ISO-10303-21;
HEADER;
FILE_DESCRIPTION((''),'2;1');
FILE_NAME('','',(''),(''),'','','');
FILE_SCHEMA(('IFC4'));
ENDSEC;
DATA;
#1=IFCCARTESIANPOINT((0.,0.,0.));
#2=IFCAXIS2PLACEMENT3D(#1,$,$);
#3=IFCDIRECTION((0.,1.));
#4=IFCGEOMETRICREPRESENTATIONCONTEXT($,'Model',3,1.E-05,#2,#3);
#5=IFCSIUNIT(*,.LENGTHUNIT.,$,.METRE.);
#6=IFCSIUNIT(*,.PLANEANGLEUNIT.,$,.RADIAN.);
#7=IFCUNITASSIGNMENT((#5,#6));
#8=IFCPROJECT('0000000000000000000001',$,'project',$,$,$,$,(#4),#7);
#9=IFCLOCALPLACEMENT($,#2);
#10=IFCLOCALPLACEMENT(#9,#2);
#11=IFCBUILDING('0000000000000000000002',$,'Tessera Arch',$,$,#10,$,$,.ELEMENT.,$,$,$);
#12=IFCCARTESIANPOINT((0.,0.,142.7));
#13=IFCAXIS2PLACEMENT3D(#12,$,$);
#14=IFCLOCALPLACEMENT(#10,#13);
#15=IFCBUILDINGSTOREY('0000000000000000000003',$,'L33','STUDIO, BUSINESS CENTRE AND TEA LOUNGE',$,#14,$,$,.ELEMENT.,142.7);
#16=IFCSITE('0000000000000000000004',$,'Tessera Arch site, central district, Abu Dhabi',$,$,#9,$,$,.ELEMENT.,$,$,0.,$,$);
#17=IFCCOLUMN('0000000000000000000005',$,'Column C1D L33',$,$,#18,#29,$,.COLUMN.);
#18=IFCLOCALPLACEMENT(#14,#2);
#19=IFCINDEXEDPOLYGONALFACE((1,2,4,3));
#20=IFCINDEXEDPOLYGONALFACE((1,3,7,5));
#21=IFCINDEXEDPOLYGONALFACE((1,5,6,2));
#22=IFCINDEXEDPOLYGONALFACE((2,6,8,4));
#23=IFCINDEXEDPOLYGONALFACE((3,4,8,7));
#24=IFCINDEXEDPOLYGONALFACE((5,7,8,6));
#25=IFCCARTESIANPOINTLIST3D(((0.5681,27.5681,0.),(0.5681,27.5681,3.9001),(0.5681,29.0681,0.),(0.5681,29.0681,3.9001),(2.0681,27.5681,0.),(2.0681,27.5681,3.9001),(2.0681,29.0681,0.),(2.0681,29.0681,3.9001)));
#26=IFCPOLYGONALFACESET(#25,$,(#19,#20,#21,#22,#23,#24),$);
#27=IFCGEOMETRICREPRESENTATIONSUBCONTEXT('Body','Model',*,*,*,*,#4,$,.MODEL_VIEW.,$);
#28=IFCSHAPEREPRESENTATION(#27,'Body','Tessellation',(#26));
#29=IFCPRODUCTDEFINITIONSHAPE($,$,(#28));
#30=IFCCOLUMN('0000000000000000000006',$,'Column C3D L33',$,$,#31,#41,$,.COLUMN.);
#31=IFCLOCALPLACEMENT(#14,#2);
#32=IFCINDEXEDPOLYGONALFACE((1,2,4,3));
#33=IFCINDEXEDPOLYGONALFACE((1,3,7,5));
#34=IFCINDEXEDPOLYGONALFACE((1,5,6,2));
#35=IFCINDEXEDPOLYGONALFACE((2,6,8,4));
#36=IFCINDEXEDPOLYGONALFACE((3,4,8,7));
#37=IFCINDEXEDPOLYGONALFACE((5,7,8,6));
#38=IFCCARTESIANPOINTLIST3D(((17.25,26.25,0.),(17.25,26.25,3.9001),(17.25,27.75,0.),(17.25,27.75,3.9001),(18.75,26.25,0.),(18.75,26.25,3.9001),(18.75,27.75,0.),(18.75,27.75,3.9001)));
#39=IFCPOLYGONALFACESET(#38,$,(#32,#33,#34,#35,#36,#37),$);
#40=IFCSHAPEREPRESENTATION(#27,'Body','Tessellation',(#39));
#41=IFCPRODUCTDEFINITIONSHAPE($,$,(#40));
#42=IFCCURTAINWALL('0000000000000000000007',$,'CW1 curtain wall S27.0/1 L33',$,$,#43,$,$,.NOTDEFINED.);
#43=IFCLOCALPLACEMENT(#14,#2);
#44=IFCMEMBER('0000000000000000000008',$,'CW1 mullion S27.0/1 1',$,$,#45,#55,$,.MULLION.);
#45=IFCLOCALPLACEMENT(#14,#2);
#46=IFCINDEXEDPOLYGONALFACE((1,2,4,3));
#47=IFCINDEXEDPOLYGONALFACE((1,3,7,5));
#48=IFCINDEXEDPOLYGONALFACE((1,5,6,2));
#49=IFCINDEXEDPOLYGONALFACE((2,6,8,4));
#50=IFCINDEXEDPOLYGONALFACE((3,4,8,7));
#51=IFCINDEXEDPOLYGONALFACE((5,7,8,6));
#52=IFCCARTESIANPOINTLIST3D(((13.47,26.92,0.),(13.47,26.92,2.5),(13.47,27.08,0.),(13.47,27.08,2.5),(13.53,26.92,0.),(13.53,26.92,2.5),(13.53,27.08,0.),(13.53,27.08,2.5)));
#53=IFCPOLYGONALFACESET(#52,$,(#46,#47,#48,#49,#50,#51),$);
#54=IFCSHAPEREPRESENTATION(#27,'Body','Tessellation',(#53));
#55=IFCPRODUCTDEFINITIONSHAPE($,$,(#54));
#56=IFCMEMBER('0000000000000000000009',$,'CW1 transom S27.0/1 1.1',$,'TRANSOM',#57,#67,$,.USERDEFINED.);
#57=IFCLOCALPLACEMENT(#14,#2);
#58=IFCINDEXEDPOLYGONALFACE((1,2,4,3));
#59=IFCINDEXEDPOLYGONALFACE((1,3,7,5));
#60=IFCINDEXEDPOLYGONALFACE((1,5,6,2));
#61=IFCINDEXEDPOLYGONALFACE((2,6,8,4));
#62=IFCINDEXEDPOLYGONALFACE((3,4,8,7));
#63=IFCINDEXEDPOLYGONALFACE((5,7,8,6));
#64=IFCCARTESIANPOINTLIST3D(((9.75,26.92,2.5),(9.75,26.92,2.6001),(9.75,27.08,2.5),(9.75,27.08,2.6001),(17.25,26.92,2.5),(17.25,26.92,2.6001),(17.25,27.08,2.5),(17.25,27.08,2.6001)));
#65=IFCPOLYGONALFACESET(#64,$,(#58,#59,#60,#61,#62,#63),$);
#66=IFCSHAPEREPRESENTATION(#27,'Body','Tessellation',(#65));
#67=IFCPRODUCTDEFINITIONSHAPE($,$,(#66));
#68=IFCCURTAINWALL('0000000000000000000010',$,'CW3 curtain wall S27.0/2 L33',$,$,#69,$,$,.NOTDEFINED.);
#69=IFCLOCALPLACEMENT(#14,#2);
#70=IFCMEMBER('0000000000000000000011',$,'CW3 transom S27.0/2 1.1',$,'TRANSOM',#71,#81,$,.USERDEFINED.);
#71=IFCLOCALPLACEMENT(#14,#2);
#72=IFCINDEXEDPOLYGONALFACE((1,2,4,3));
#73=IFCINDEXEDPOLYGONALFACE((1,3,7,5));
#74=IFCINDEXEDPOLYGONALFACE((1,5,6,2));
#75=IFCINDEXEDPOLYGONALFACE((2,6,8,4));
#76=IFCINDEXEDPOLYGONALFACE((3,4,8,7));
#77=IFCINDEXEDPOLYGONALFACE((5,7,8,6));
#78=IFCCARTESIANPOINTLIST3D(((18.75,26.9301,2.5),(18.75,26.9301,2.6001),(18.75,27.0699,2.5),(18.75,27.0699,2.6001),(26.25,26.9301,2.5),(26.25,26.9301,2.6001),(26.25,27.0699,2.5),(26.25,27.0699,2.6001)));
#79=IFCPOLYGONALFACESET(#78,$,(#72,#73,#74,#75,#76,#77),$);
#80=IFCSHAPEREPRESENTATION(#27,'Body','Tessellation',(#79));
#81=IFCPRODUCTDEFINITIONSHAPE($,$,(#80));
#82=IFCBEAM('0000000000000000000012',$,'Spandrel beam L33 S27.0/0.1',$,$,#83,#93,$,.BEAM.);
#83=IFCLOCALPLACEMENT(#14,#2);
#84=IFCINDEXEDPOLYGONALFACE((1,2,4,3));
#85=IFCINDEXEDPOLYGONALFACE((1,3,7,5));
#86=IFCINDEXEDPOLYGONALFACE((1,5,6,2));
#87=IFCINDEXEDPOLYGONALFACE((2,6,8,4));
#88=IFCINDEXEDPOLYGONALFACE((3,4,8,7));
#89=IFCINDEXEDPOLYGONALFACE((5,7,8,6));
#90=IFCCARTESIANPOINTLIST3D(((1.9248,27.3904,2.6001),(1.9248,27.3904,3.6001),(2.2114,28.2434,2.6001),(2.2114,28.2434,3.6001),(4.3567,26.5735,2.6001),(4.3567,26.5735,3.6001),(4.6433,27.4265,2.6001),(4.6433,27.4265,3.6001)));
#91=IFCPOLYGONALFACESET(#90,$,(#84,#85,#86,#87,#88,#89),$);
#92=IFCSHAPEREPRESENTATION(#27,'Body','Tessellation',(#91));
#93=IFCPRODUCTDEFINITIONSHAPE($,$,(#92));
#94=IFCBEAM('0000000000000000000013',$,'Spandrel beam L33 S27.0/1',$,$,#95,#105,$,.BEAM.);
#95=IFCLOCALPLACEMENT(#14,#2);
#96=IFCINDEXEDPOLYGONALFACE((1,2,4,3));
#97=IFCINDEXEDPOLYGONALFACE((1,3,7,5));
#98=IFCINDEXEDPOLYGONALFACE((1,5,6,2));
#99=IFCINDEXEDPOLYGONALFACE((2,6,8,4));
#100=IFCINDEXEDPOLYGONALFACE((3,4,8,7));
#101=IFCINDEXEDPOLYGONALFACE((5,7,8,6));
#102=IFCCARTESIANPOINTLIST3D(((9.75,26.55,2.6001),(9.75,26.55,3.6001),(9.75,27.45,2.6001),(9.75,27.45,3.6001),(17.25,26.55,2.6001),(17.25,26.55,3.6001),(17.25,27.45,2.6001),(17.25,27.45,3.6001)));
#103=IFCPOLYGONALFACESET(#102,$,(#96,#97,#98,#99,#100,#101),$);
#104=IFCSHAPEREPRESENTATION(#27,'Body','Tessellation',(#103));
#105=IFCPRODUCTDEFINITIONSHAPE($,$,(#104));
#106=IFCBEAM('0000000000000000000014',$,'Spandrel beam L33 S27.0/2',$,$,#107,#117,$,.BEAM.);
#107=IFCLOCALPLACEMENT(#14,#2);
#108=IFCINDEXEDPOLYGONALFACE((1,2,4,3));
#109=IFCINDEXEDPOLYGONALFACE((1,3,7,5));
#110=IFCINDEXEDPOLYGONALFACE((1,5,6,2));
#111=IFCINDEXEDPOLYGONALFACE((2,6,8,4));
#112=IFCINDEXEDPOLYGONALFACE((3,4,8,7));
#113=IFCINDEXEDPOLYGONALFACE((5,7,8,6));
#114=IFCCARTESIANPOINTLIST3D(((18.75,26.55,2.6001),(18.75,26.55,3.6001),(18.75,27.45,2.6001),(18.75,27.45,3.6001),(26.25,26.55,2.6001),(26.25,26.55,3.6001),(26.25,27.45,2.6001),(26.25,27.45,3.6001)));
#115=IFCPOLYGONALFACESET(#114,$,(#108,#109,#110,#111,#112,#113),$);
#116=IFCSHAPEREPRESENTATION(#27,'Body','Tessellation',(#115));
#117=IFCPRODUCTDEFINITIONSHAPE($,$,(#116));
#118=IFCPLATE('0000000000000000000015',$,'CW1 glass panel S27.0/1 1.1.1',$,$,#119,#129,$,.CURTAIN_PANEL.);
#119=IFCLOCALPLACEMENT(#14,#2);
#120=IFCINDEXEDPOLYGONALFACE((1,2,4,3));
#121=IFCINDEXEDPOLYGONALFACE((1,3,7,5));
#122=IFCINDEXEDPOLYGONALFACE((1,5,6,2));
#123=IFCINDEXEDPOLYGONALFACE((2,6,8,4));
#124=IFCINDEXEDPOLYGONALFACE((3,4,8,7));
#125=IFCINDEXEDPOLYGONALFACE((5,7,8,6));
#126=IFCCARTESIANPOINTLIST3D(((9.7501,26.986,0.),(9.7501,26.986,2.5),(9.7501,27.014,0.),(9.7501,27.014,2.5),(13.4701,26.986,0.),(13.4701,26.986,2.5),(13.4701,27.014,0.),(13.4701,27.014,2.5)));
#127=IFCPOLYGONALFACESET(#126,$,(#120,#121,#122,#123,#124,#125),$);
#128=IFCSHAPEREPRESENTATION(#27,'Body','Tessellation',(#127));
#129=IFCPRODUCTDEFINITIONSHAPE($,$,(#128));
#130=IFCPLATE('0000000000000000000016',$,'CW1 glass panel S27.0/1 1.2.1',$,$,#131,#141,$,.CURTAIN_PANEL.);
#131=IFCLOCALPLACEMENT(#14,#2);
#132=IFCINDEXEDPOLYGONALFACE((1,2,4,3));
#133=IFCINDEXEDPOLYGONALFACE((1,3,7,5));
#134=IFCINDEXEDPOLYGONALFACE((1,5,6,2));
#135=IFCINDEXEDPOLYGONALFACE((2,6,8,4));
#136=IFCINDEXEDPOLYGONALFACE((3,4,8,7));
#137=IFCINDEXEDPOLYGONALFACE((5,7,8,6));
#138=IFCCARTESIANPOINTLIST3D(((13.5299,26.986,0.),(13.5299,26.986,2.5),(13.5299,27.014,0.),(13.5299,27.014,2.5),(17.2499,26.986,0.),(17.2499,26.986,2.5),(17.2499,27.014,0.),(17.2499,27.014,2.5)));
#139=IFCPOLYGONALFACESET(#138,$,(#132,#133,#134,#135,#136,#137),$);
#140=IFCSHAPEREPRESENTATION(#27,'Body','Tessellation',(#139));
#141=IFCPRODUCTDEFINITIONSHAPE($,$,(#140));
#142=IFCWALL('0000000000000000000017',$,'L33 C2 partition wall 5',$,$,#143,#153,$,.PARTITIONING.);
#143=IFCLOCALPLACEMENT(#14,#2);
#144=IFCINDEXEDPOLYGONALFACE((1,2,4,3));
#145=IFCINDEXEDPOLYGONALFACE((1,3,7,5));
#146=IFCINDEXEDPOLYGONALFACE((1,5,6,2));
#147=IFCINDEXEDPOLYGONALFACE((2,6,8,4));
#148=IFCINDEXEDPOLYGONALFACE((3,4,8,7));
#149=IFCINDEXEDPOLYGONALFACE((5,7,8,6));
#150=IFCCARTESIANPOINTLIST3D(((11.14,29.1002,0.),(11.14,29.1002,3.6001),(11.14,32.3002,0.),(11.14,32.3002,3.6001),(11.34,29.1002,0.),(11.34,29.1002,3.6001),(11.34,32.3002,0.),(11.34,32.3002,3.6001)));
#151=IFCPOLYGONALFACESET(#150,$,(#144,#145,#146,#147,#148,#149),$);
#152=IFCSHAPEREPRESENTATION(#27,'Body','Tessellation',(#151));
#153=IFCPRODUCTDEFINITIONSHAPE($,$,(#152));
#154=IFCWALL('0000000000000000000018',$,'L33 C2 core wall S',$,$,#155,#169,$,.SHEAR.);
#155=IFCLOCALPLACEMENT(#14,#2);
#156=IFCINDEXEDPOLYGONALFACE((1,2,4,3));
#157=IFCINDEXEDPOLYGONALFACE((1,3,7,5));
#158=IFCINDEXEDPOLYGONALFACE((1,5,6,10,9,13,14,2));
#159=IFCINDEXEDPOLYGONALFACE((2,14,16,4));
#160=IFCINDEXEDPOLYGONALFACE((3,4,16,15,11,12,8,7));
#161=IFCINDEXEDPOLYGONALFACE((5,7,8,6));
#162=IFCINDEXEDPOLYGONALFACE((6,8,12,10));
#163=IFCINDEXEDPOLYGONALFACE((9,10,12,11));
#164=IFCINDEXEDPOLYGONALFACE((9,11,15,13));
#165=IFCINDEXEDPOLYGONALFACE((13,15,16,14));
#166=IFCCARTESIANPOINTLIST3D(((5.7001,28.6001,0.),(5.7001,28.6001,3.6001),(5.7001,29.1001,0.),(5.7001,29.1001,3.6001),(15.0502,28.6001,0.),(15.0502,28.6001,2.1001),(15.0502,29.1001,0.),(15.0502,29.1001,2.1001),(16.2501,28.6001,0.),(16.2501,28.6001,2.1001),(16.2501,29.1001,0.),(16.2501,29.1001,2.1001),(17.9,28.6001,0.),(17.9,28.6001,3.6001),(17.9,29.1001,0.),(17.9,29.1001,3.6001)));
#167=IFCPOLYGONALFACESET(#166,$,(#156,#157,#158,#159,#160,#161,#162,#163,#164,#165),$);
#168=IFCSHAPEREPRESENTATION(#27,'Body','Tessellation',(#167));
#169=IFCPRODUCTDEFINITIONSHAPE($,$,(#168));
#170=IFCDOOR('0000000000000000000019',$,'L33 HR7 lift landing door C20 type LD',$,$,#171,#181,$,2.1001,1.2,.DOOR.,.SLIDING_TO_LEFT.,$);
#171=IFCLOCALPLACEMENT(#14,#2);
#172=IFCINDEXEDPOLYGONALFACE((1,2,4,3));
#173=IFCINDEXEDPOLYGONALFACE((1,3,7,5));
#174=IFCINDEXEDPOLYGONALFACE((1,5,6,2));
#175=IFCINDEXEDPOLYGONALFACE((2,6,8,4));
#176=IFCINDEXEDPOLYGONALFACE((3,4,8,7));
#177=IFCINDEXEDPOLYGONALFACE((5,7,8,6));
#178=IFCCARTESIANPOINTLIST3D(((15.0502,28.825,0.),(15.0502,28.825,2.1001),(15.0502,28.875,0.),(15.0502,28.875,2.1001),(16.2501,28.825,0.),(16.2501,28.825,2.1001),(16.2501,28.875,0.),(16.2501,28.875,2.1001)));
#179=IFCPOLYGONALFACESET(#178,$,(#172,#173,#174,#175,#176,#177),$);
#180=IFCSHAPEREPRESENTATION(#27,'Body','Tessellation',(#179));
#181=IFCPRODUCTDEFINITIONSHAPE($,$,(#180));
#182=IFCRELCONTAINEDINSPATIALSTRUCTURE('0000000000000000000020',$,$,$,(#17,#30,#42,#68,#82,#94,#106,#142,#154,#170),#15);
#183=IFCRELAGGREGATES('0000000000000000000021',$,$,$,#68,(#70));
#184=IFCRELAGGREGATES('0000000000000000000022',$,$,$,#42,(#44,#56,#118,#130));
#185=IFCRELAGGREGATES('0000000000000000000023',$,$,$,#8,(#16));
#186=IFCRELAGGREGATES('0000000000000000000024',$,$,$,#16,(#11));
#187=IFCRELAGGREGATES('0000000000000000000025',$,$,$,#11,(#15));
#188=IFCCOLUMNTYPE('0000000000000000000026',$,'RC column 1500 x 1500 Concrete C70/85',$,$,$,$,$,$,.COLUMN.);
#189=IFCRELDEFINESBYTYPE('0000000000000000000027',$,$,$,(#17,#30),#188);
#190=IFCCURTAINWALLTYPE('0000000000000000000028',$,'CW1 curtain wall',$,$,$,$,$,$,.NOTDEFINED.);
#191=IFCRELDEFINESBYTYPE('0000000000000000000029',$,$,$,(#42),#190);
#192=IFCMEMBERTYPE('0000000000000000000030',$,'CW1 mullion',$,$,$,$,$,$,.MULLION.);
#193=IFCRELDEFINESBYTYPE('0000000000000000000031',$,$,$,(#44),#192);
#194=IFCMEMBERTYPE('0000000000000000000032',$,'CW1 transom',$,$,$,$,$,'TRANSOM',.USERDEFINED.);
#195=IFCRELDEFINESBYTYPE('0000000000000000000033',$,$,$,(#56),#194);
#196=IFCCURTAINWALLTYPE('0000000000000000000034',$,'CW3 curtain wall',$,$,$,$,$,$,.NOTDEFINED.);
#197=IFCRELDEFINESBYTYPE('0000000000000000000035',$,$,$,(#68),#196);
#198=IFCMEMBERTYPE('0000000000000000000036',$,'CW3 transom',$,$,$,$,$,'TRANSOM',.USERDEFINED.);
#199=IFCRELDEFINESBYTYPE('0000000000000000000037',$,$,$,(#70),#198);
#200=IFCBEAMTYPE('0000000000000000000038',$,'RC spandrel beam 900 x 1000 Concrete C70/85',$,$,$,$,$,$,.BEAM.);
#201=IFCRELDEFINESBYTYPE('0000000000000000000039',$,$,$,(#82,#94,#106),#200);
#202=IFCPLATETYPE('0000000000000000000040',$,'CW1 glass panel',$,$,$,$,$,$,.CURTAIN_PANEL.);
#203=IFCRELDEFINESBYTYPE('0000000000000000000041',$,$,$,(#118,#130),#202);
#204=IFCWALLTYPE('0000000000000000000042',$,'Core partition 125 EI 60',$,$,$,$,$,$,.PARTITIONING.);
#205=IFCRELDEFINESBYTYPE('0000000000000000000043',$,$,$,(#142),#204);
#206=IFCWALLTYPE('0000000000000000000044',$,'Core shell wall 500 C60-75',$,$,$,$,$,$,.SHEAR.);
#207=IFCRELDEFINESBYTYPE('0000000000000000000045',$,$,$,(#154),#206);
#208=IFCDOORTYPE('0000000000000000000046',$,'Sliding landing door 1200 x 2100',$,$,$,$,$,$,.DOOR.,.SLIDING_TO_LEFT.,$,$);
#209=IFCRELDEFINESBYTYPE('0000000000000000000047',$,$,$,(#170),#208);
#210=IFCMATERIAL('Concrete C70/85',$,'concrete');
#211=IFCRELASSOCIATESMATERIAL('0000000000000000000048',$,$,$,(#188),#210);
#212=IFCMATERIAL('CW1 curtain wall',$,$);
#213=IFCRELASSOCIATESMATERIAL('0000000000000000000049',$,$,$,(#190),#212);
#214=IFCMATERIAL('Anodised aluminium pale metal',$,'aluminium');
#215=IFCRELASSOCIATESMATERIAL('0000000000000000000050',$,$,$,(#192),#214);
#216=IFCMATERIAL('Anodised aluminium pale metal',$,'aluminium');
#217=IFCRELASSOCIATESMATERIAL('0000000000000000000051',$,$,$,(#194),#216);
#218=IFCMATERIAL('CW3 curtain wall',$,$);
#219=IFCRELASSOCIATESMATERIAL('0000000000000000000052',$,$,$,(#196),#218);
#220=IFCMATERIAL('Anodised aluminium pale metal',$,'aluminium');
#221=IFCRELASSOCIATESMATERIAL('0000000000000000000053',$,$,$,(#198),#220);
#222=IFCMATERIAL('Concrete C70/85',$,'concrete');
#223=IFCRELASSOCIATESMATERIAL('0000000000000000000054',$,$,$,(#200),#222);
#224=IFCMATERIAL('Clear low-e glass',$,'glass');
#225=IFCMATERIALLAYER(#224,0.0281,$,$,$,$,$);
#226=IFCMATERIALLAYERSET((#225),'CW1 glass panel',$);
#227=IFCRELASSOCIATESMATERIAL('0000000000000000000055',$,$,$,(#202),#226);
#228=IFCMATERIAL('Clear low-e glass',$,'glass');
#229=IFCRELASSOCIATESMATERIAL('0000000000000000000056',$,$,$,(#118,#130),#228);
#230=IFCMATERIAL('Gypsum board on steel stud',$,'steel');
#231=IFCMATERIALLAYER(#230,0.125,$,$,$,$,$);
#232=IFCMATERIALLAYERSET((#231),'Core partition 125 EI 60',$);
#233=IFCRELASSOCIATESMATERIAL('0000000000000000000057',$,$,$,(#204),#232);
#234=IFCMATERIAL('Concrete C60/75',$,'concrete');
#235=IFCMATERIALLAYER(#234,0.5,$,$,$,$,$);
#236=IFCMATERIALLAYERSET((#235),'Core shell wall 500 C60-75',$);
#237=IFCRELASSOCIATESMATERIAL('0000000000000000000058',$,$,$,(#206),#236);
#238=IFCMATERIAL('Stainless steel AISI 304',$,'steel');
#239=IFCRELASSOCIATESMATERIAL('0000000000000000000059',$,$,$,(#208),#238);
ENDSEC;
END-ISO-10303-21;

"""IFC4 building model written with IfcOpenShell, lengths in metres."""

from ifc_helpers import new_model, si_unit, direction, frame, frame_2d, origin, origin_2d, place, context, subcontext, project, spatial, rectangle, extrude, material, layer, layer_set, material_profile, profile_set, type_object, element, fill, aggregate, save


model = new_model("IFC4")

# Units and contexts
model_context = context("Model", 3, precision=1e-05, world=origin(), true_north=direction((0.0, 1.0)))
body_context = subcontext(model_context, "Body", "Model", "MODEL_VIEW")
ifc_project = project(units=[si_unit("LENGTHUNIT", "METRE"), si_unit("PLANEANGLEUNIT", "RADIAN")], contexts=[model_context])

# Site, building, storey
site_placement = place(None, origin())
site = spatial("IfcSite", under=ifc_project, at=site_placement, Name="Tessera Arch site, central district, Abu Dhabi", CompositionType="ELEMENT", RefElevation=0.0)
building_placement = place(site_placement, origin())
building = spatial("IfcBuilding", under=site, at=building_placement, Name="Tessera Arch", CompositionType="ELEMENT")
storey_placement = place(building_placement, frame((0.0, 0.0, 142.7)))
storey = spatial("IfcBuildingStorey", under=building, at=storey_placement, Name="L33", Description="STUDIO, BUSINESS CENTRE AND TEA LOUNGE", CompositionType="ELEMENT", Elevation=142.7)

# Columns
ifc_material_1 = material(Name="Concrete C70/85", Category="concrete")
ifc_material_profile_1 = material_profile(ifc_material_1, rectangle(XDim=1.5, YDim=1.5, at=origin_2d()), Name="RC column 1500 x 1500 Concrete C70/85")
ifc_profile_set_1 = profile_set([ifc_material_profile_1], Name="Concrete C70/85")
column_type = type_object("IfcColumnType", Name="RC column 1500 x 1500 Concrete C70/85", PredefinedType="COLUMN", material=ifc_profile_set_1)
for number, where, z_axis, x_axis, name in (
    (1, (1.3181, 28.3181, 0.0), (0.0, 0.0, 1.0), (1.0, 0.0, 0.0), "Column C1D L33"),
    (2, (18.0, 27.0, 0.0), (0.0, 0.0, 1.0), (1.0, 0.0, 0.0), "Column C3D L33"),
):
    element("IfcColumn", number, at=place(storey_placement, frame(where, z_axis=z_axis, x_axis=x_axis)), inside=storey, type_object=column_type, Name=name, PredefinedType="COLUMN", context=body_context, shape_type="SweptSolid", body=[
        extrude(rectangle(XDim=1.5, YDim=1.5, at=origin_2d()), origin(), (0.0, 0.0, 1.0), 3.9001),
    ])

# Curtain wall, members
ifc_material_2 = material(Name="CW1 curtain wall")
curtain_wall_type_1 = type_object("IfcCurtainWallType", Name="CW1 curtain wall", PredefinedType="NOTDEFINED", material=ifc_material_2)
curtain_wall_1_placement = place(storey_placement, origin())
curtain_wall_1 = element("IfcCurtainWall", 3, at=curtain_wall_1_placement, inside=storey, type_object=curtain_wall_type_1, Name="CW1 curtain wall S27.0/1 L33", PredefinedType="NOTDEFINED")
ifc_material_3 = material(Name="Anodised aluminium pale metal", Category="aluminium")
ifc_material_profile_2 = material_profile(ifc_material_3, rectangle(XDim=0.1599, YDim=0.0601, at=origin_2d()), Name="AL 60x160")
ifc_profile_set_2 = profile_set([ifc_material_profile_2], Name="Anodised aluminium pale metal")
member_type_1 = type_object("IfcMemberType", Name="CW1 mullion", PredefinedType="MULLION", material=ifc_profile_set_2)
member_1_placement = place(storey_placement, frame((13.5, 27.0, 0.0), z_axis=(0.0, 0.0, 1.0), x_axis=(0.0, 1.0, 0.0)))
member_1 = element("IfcMember", 4, at=member_1_placement, type_object=member_type_1, Name="CW1 mullion S27.0/1 1", PredefinedType="MULLION", context=body_context, shape_type="SweptSolid", body=[
    extrude(rectangle(XDim=0.1599, YDim=0.0601, at=origin_2d()), origin(), (0.0, 0.0, 1.0), 2.5),
])
ifc_material_4 = material(Name="Anodised aluminium pale metal", Category="aluminium")
ifc_material_profile_3 = material_profile(ifc_material_4, rectangle(XDim=0.1599, YDim=0.1001, at=origin_2d()), Name="AL 160x100")
ifc_profile_set_3 = profile_set([ifc_material_profile_3], Name="Anodised aluminium pale metal")
member_type_2 = type_object("IfcMemberType", Name="CW1 transom", ElementType="TRANSOM", PredefinedType="USERDEFINED", material=ifc_profile_set_3)
member_2_placement = place(storey_placement, frame((9.75, 27.0, 2.55), z_axis=(1.0, 0.0, 0.0), x_axis=(0.0, 1.0, 0.0)))
member_2 = element("IfcMember", 5, at=member_2_placement, type_object=member_type_2, Name="CW1 transom S27.0/1 1.1", ObjectType="TRANSOM", PredefinedType="USERDEFINED", context=body_context, shape_type="SweptSolid", body=[
    extrude(rectangle(XDim=0.1599, YDim=0.1001, at=origin_2d()), origin(), (0.0, 0.0, 1.0), 7.5),
])

# Curtain wall, member
ifc_material_5 = material(Name="CW3 curtain wall")
curtain_wall_type_2 = type_object("IfcCurtainWallType", Name="CW3 curtain wall", PredefinedType="NOTDEFINED", material=ifc_material_5)
curtain_wall_2_placement = place(storey_placement, origin())
curtain_wall_2 = element("IfcCurtainWall", 6, at=curtain_wall_2_placement, inside=storey, type_object=curtain_wall_type_2, Name="CW3 curtain wall S27.0/2 L33", PredefinedType="NOTDEFINED")
ifc_material_6 = material(Name="Anodised aluminium pale metal", Category="aluminium")
ifc_material_profile_4 = material_profile(ifc_material_6, rectangle(XDim=0.1399, YDim=0.1001, at=origin_2d()), Name="AL 140x100")
ifc_profile_set_4 = profile_set([ifc_material_profile_4], Name="Anodised aluminium pale metal")
member_type_3 = type_object("IfcMemberType", Name="CW3 transom", ElementType="TRANSOM", PredefinedType="USERDEFINED", material=ifc_profile_set_4)
member_3_placement = place(storey_placement, frame((18.75, 27.0, 2.55), z_axis=(1.0, 0.0, 0.0), x_axis=(0.0, 1.0, 0.0)))
member_3 = element("IfcMember", 7, at=member_3_placement, type_object=member_type_3, Name="CW3 transom S27.0/2 1.1", ObjectType="TRANSOM", PredefinedType="USERDEFINED", context=body_context, shape_type="SweptSolid", body=[
    extrude(rectangle(XDim=0.1399, YDim=0.1001, at=origin_2d()), origin(), (0.0, 0.0, 1.0), 7.5),
])
aggregate(curtain_wall_2, [member_3])

# Beams
ifc_material_7 = material(Name="Concrete C70/85", Category="concrete")
ifc_material_profile_5 = material_profile(ifc_material_7, rectangle(XDim=0.8999, YDim=1.0, at=origin_2d()), Name="RC spandrel beam 900 x 1000 Concrete C70/85")
ifc_profile_set_5 = profile_set([ifc_material_profile_5], Name="Concrete C70/85")
beam_type = type_object("IfcBeamType", Name="RC spandrel beam 900 x 1000 Concrete C70/85", PredefinedType="BEAM", material=ifc_profile_set_5)
beam_placement = place(storey_placement, frame((2.0681, 27.8169, 3.1001), z_axis=(0.947948, -0.318425, 0.0), x_axis=(0.318425, 0.947948, 0.0)))
element("IfcBeam", 8, at=beam_placement, inside=storey, type_object=beam_type, Name="Spandrel beam L33 S27.0/0.1", PredefinedType="BEAM", context=body_context, shape_type="SweptSolid", body=[
    extrude(rectangle(XDim=0.8999, YDim=1.0, at=origin_2d()), origin(), (0.0, 0.0, 1.0), 2.5654),
])
for number, where, z_axis, x_axis, name in (
    (9, (9.75, 27.0, 3.1001), (1.0, 0.0, 0.0), (0.0, 1.0, 0.0), "Spandrel beam L33 S27.0/1"),
    (10, (18.75, 27.0, 3.1001), (1.0, 0.0, 0.0), (0.0, 1.0, 0.0), "Spandrel beam L33 S27.0/2"),
):
    element("IfcBeam", number, at=place(storey_placement, frame(where, z_axis=z_axis, x_axis=x_axis)), inside=storey, type_object=beam_type, Name=name, PredefinedType="BEAM", context=body_context, shape_type="SweptSolid", body=[
        extrude(rectangle(XDim=0.8999, YDim=1.0, at=origin_2d()), origin(), (0.0, 0.0, 1.0), 7.5),
    ])

# Plates
ifc_material_8 = material(Name="Clear low-e glass", Category="glass")
ifc_material_9 = material(Name="Clear low-e glass", Category="glass")
ifc_layer_1 = layer(ifc_material_9, 0.0281)
ifc_layer_set_1 = layer_set([ifc_layer_1], Name="CW1 glass panel")
plate_type = type_object("IfcPlateType", Name="CW1 glass panel", PredefinedType="CURTAIN_PANEL", material=ifc_layer_set_1)
plate_1_placement = place(storey_placement, frame((11.6101, 27.0, 0.0), z_axis=(0.0, 0.0, 1.0), x_axis=(1.0, 0.0, 0.0)))
plate_1 = element("IfcPlate", 11, at=plate_1_placement, type_object=plate_type, material=ifc_material_8, Name="CW1 glass panel S27.0/1 1.1.1", PredefinedType="CURTAIN_PANEL", context=body_context, shape_type="SweptSolid", body=[
    extrude(rectangle(XDim=3.72, YDim=0.0281, at=origin_2d()), origin(), (0.0, 0.0, 1.0), 2.5),
])
plate_2_placement = place(storey_placement, frame((15.3899, 27.0, 0.0), z_axis=(0.0, 0.0, 1.0), x_axis=(1.0, 0.0, 0.0)))
plate_2 = element("IfcPlate", 12, at=plate_2_placement, type_object=plate_type, material=ifc_material_8, Name="CW1 glass panel S27.0/1 1.2.1", PredefinedType="CURTAIN_PANEL", context=body_context, shape_type="SweptSolid", body=[
    extrude(rectangle(XDim=3.72, YDim=0.0281, at=origin_2d()), origin(), (0.0, 0.0, 1.0), 2.5),
])
aggregate(curtain_wall_1, [member_1, member_2, plate_1, plate_2])

# Wall
ifc_material_10 = material(Name="Gypsum board on steel stud", Category="steel")
ifc_layer_2 = layer(ifc_material_10, 0.125)
ifc_layer_set_2 = layer_set([ifc_layer_2], Name="Core partition 125 EI 60")
wall_type_1 = type_object("IfcWallType", Name="Core partition 125 EI 60", PredefinedType="PARTITIONING", material=ifc_layer_set_2)
wall_1_placement = place(storey_placement, frame((11.24, 29.1001, 0.0), z_axis=(0.0, 0.0, 1.0), x_axis=(0.0, 1.0, 0.0)))
element("IfcWall", 13, at=wall_1_placement, inside=storey, type_object=wall_type_1, Name="L33 C2 partition wall 5", PredefinedType="PARTITIONING", context=body_context, shape_type="SweptSolid", body=[
    extrude(rectangle(XDim=3.2, YDim=0.2, at=frame_2d((1.6001, 0.0))), origin(), (0.0, 0.0, 1.0), 3.6001),
])

# Wall, opening, door
ifc_material_11 = material(Name="Concrete C60/75", Category="concrete")
ifc_layer_3 = layer(ifc_material_11, 0.5)
ifc_layer_set_3 = layer_set([ifc_layer_3], Name="Core shell wall 500 C60-75")
wall_type_2 = type_object("IfcWallType", Name="Core shell wall 500 C60-75", PredefinedType="SHEAR", material=ifc_layer_set_3)
wall_2_placement = place(storey_placement, frame((5.7, 28.8501, 0.0), z_axis=(0.0, 0.0, 1.0), x_axis=(1.0, 0.0, 0.0)))
wall_2 = element("IfcWall", 14, at=wall_2_placement, inside=storey, type_object=wall_type_2, Name="L33 C2 core wall S", PredefinedType="SHEAR", context=body_context, shape_type="SweptSolid", body=[
    extrude(rectangle(XDim=12.2, YDim=0.5, at=frame_2d((6.1001, 0.0))), origin(), (0.0, 0.0, 1.0), 3.6001),
])
opening_1_placement = place(wall_2_placement, frame((9.3501, 0.0, 0.0)))
opening_1 = element("IfcOpeningElement", 15, at=opening_1_placement, cuts=wall_2, PredefinedType="OPENING", context=body_context, shape_type="SweptSolid", body=[
    extrude(rectangle(XDim=1.2, YDim=2.1001, at=frame_2d((0.6001, 1.05))), frame((0.0, 0.26, 0.0), z_axis=(0.0, -1.0, 0.0), x_axis=(1.0, 0.0, 0.0)), (0.0, 0.0, 1.0), 0.52),
])
ifc_material_12 = material(Name="Stainless steel AISI 304", Category="steel")
door_type_1 = type_object("IfcDoorType", Name="Sliding landing door 1200 x 2100", OperationType="SLIDING_TO_LEFT", PredefinedType="DOOR", material=ifc_material_12)
door_1_placement = place(opening_1_placement, origin())
door_1 = element("IfcDoor", 16, at=door_1_placement, inside=storey, type_object=door_type_1, Name="L33 HR7 lift landing door C20 type LD", OperationType="SLIDING_TO_LEFT", OverallHeight=2.1001, OverallWidth=1.2, PredefinedType="DOOR", context=body_context, shape_type="SweptSolid", body=[
    extrude(rectangle(XDim=1.2, YDim=2.1001, at=frame_2d((0.6001, 1.05))), frame((0.0, 0.0249, 0.0), z_axis=(0.0, -1.0, 0.0), x_axis=(1.0, 0.0, 0.0)), (0.0, 0.0, 1.0), 0.05),
])
fill(opening_1, door_1)

save(model, "model.ifc")
